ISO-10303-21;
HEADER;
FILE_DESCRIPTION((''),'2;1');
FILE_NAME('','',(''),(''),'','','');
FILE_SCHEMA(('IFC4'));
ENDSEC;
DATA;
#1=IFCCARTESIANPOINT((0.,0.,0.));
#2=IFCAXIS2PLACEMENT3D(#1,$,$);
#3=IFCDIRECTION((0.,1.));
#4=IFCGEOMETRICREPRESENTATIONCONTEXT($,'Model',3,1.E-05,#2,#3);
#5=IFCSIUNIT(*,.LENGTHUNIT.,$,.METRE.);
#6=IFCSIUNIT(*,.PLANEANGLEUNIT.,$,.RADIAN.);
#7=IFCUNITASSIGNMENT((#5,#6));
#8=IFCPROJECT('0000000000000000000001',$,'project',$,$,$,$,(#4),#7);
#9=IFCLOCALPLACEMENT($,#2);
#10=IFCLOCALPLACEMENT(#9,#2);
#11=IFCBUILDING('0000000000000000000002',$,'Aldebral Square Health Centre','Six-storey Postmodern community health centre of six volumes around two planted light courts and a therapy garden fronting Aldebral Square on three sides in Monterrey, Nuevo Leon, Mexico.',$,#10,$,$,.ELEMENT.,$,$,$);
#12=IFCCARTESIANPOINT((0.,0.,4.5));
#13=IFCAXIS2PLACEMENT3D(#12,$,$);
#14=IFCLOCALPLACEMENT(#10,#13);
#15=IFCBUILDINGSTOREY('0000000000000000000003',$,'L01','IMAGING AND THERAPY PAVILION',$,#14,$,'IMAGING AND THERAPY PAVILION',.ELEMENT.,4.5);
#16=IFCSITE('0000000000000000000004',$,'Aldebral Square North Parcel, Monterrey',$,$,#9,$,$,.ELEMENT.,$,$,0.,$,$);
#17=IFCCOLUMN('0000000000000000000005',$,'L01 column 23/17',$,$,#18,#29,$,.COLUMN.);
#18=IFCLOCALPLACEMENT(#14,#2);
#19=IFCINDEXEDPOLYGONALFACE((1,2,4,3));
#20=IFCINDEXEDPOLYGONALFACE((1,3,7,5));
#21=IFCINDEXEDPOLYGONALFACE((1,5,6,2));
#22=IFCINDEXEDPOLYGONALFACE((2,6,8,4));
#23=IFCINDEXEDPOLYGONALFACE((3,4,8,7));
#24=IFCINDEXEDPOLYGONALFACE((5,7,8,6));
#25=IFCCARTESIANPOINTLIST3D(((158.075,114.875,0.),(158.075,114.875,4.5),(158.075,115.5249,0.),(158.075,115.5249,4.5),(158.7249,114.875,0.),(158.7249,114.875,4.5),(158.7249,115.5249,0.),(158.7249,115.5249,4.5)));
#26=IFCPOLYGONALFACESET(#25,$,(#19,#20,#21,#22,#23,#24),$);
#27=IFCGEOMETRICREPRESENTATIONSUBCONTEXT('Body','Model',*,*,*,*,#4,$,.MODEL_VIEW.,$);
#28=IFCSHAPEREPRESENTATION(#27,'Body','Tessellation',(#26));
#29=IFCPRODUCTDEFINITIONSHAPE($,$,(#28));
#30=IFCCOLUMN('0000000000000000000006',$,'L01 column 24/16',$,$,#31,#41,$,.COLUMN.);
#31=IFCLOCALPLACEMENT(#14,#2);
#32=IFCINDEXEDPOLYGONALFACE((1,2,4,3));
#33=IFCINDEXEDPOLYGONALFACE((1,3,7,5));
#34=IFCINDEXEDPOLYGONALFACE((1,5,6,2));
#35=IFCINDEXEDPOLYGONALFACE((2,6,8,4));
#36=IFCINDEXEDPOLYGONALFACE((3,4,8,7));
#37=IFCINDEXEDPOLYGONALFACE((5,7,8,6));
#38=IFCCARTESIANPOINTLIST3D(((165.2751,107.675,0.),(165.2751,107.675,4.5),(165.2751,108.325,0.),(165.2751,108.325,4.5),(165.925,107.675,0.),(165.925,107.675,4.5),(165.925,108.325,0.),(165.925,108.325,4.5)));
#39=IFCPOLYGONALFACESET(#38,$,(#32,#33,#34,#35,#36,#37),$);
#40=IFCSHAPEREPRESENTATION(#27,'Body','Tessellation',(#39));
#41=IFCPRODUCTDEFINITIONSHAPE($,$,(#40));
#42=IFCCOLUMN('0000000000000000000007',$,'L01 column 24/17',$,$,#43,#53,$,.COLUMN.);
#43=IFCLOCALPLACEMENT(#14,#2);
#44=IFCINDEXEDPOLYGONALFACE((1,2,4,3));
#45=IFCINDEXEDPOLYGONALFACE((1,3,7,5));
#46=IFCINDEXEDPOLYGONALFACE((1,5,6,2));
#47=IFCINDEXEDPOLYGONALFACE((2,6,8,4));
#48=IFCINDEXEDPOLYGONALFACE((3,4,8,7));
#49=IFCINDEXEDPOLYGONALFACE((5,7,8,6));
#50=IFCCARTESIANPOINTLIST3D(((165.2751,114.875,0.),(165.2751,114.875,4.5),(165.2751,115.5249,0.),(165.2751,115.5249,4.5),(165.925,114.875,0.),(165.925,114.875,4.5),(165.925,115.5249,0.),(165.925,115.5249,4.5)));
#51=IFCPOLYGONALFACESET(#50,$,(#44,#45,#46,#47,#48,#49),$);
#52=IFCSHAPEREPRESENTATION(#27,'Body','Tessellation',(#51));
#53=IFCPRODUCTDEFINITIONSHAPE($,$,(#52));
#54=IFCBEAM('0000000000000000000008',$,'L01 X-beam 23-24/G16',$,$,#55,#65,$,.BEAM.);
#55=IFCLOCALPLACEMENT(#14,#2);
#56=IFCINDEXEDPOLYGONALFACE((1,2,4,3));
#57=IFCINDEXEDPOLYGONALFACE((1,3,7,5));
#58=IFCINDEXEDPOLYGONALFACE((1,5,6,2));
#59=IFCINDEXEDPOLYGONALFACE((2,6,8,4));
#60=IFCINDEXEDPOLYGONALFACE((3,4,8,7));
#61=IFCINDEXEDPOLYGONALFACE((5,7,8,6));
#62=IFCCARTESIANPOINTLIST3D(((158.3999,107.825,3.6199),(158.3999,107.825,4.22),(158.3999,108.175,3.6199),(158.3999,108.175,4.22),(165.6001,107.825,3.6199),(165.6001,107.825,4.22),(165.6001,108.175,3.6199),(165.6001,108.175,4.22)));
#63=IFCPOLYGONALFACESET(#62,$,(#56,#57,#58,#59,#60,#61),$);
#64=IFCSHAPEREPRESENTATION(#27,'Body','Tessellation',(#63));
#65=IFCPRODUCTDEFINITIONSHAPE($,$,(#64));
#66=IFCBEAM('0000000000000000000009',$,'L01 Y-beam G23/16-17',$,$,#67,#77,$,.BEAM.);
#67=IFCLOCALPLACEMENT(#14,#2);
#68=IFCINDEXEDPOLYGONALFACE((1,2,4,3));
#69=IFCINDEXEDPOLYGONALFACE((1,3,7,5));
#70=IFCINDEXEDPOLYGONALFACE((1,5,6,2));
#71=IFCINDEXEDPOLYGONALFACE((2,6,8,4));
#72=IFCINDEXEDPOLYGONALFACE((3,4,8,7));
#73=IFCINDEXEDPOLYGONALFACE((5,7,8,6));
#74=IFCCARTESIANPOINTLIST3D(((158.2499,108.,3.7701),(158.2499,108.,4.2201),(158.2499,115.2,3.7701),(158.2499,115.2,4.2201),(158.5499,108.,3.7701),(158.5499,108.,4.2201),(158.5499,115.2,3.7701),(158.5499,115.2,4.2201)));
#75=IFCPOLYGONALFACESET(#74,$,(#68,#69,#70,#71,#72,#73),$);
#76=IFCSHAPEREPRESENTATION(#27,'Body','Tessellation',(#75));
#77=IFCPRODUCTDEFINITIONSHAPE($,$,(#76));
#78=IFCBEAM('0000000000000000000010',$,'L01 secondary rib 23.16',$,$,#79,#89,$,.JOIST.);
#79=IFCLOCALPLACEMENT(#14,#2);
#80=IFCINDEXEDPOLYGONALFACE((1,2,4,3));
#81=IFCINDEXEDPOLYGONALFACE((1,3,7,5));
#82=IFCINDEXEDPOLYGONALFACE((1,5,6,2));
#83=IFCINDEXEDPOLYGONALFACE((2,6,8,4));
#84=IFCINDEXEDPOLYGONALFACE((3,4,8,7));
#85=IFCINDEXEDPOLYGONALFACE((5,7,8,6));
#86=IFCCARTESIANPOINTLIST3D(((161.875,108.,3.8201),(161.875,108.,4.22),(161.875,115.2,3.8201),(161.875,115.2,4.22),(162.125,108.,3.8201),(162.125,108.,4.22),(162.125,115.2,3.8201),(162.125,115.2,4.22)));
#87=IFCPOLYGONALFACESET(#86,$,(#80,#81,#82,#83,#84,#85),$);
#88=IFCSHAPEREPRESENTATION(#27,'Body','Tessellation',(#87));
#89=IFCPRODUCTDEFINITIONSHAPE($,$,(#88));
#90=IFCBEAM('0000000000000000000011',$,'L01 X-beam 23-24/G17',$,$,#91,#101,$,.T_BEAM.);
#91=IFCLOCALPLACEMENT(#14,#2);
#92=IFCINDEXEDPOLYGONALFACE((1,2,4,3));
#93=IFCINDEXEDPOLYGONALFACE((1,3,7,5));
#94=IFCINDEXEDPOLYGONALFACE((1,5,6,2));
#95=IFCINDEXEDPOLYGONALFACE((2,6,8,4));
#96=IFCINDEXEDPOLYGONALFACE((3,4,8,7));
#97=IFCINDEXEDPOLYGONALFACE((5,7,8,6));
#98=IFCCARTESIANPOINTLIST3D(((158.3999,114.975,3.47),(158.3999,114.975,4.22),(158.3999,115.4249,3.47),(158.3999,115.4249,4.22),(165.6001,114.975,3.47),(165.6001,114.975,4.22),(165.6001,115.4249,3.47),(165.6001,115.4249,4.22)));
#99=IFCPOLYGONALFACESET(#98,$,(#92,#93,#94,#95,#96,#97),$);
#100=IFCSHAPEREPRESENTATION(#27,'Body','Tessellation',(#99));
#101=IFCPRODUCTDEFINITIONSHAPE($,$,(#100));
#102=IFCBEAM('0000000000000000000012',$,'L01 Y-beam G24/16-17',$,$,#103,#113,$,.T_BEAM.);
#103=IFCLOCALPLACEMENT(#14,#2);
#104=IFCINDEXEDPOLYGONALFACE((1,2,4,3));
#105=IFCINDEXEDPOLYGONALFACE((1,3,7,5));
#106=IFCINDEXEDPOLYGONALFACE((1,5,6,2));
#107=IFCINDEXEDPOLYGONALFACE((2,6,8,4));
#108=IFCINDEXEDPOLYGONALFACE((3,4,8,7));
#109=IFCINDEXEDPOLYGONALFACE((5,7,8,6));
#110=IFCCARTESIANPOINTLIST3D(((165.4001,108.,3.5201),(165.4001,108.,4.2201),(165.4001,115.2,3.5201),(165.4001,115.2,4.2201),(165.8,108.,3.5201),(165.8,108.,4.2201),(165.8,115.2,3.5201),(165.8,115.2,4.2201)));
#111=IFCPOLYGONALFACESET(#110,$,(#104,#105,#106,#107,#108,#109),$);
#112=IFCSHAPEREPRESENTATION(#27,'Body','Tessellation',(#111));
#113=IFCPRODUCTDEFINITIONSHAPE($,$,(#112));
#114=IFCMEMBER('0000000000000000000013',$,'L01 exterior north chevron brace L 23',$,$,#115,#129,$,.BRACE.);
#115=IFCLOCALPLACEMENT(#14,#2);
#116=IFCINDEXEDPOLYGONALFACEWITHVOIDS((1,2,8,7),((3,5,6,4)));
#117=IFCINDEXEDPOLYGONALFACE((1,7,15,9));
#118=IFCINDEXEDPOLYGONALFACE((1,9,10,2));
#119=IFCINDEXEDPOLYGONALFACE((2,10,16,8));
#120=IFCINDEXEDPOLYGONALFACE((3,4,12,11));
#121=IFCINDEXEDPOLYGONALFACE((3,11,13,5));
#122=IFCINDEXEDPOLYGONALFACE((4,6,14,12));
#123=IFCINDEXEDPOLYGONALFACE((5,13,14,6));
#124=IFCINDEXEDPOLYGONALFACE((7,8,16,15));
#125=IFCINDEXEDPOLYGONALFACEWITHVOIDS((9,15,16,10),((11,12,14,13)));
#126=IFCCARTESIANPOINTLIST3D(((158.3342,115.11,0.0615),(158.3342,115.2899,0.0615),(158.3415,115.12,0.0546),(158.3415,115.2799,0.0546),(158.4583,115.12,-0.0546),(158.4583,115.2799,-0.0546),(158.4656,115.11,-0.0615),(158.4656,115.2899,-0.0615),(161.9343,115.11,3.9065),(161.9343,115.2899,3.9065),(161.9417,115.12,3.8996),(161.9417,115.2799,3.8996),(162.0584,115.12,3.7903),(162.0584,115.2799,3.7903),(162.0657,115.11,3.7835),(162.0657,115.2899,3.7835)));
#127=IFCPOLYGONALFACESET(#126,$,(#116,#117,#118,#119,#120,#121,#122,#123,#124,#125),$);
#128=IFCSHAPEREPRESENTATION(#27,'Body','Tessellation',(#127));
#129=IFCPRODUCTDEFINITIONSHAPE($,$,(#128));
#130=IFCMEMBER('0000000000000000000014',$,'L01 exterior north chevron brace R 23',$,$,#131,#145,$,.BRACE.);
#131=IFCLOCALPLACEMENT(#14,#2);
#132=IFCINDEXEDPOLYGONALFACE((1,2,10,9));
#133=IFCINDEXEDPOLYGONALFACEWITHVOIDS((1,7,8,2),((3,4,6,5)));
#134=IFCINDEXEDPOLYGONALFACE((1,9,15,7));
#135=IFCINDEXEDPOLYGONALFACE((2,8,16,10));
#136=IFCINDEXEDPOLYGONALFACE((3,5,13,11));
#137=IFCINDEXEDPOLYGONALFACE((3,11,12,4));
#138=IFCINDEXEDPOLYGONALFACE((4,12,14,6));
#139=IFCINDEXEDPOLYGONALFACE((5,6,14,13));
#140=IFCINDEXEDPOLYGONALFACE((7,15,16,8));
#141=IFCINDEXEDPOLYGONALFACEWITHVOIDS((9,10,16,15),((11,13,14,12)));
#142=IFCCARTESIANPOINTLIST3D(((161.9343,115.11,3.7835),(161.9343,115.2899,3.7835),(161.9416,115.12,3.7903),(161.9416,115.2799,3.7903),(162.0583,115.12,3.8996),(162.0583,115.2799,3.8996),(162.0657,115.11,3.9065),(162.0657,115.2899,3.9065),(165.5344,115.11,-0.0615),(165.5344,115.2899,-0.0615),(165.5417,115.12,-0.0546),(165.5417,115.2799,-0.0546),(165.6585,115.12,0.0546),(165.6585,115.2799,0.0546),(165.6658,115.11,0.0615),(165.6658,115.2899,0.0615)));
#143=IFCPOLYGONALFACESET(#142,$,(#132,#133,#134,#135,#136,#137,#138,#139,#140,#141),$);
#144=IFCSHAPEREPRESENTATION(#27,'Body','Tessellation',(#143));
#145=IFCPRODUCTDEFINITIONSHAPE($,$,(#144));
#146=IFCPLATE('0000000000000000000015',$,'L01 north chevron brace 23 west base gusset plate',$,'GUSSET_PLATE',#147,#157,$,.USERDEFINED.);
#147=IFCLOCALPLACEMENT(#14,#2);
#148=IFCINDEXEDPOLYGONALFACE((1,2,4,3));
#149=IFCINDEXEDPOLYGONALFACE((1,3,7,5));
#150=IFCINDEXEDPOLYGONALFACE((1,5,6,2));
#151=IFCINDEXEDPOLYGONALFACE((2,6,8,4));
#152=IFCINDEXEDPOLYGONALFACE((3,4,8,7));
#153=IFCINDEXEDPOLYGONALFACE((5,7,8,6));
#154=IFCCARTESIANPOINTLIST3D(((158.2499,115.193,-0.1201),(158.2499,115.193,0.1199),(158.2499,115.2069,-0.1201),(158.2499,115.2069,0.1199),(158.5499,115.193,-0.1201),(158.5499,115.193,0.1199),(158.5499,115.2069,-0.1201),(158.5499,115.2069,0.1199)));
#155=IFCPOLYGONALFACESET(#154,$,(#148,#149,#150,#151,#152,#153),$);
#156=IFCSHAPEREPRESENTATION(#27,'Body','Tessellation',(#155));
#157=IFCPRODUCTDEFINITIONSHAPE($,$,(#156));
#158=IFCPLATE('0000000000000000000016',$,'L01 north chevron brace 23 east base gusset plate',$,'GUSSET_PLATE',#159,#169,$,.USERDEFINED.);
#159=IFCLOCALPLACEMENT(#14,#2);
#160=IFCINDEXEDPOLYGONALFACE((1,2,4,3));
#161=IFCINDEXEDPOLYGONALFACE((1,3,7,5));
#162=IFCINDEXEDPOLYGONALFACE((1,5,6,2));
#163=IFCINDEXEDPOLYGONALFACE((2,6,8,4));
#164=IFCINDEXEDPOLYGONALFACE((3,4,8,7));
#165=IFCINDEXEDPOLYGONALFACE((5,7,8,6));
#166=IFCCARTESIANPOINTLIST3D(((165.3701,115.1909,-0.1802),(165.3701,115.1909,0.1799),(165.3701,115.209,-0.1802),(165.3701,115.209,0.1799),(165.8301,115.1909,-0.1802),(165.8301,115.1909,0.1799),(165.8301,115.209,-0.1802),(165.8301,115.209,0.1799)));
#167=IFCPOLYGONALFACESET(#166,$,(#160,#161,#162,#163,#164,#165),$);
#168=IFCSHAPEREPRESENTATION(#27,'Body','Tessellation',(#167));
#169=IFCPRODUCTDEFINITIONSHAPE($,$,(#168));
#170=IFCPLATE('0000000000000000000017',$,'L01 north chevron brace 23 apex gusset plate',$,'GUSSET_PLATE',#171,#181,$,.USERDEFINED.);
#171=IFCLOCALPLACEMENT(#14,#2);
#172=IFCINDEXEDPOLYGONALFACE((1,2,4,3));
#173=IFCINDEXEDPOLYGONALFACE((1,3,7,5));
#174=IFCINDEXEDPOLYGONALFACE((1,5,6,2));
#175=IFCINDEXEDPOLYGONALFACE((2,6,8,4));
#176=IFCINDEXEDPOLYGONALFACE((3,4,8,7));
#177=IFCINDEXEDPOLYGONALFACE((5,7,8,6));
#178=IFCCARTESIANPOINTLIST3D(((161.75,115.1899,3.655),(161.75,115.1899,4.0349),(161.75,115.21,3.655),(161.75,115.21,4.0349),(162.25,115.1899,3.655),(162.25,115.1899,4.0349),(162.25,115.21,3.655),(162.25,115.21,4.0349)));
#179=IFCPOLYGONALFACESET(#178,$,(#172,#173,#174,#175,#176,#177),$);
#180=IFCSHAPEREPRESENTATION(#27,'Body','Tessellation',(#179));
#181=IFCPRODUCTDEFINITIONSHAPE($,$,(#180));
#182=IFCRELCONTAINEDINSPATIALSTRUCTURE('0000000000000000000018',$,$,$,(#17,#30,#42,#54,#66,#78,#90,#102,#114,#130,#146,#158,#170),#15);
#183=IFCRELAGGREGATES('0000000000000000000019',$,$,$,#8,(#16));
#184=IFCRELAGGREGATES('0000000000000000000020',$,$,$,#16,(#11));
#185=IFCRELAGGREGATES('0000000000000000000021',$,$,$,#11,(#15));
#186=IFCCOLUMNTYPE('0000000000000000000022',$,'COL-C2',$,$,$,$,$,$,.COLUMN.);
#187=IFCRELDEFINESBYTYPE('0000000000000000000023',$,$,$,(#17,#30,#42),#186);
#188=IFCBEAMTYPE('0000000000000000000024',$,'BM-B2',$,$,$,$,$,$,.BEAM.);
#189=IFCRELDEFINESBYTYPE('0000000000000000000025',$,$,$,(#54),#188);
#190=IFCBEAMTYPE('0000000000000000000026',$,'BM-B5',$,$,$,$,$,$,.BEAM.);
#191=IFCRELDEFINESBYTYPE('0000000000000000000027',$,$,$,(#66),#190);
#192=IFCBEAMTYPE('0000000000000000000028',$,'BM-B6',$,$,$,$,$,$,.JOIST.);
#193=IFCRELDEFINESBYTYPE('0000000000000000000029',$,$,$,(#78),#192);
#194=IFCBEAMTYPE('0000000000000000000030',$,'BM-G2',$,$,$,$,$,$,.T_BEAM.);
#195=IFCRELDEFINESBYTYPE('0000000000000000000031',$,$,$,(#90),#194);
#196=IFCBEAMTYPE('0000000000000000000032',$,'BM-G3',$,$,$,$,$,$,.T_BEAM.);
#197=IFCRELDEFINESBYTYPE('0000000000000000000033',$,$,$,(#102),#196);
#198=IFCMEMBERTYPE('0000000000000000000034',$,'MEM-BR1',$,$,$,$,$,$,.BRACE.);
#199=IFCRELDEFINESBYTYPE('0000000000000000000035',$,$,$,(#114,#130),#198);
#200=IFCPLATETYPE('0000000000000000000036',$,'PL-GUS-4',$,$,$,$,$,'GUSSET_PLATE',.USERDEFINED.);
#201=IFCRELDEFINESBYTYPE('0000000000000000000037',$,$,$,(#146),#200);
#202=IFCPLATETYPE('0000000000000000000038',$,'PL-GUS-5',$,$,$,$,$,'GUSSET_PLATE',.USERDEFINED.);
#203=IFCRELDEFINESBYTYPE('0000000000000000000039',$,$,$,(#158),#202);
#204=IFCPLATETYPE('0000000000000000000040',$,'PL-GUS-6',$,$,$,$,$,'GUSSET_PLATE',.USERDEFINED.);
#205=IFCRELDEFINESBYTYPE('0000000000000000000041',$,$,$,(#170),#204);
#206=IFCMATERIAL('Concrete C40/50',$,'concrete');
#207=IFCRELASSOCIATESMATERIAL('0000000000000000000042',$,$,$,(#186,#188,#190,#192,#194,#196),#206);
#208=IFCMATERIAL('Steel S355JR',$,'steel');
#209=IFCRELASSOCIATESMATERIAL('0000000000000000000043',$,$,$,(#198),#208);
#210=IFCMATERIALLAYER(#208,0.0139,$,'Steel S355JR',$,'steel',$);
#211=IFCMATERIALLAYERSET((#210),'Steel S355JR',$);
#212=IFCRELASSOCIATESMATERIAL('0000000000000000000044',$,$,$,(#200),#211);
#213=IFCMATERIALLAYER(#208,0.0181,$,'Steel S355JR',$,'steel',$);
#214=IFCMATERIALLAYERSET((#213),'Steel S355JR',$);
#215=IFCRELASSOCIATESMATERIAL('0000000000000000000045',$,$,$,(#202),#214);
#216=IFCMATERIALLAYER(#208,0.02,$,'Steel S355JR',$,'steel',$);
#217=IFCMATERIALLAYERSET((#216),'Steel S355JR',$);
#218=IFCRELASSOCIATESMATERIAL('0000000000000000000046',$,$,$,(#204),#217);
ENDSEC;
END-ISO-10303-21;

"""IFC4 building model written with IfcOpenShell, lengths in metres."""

from ifc_helpers import new_model, si_unit, direction, frame, origin, origin_2d, place, context, subcontext, project, spatial, rectangle, hollow_rectangle, extrude, material, layer, layer_set, material_profile, profile_set, type_object, element, save


model = new_model("IFC4")

# Units and contexts
model_context = context("Model", 3, precision=1e-05, world=origin(), true_north=direction((0.0, 1.0)))
body_context = subcontext(model_context, "Body", "Model", "MODEL_VIEW")
ifc_project = project(units=[si_unit("LENGTHUNIT", "METRE"), si_unit("PLANEANGLEUNIT", "RADIAN")], contexts=[model_context])

# Site, building, storey
site_placement = place(None, origin())
site = spatial("IfcSite", under=ifc_project, at=site_placement, Name="Aldebral Square North Parcel, Monterrey", CompositionType="ELEMENT", RefElevation=0.0)
building_placement = place(site_placement, origin())
building = spatial("IfcBuilding", under=site, at=building_placement, Name="Aldebral Square Health Centre", Description="Six-storey Postmodern community health centre of six volumes around two planted light courts and a therapy garden fronting Aldebral Square on three sides in Monterrey, Nuevo Leon, Mexico.", CompositionType="ELEMENT")
storey_placement = place(building_placement, frame((0.0, 0.0, 4.5)))
storey = spatial("IfcBuildingStorey", under=building, at=storey_placement, Name="L01", Description="IMAGING AND THERAPY PAVILION", LongName="IMAGING AND THERAPY PAVILION", CompositionType="ELEMENT", Elevation=4.5)

# Columns
ifc_material_1 = material(Name="Concrete C40/50", Category="concrete")
ifc_material_profile_1 = material_profile(ifc_material_1, rectangle(XDim=0.6499, YDim=0.6499, at=origin_2d()), Name="RC 650x650")
ifc_profile_set_1 = profile_set([ifc_material_profile_1], Name="Concrete C40/50")
column_type = type_object("IfcColumnType", Name="COL-C2", PredefinedType="COLUMN", material=ifc_profile_set_1)
for number, where, z_axis, x_axis, name in (
    (1, (158.3999, 115.2, 0.0), (0.0, 0.0, 1.0), (1.0, 0.0, 0.0), "L01 column 23/17"),
    (2, (165.6001, 108.0, 0.0), (0.0, 0.0, 1.0), (1.0, 0.0, 0.0), "L01 column 24/16"),
    (3, (165.6001, 115.2, 0.0), (0.0, 0.0, 1.0), (1.0, 0.0, 0.0), "L01 column 24/17"),
):
    element("IfcColumn", number, at=place(storey_placement, frame(where, z_axis=z_axis, x_axis=x_axis)), inside=storey, type_object=column_type, Name=name, PredefinedType="COLUMN", context=body_context, shape_type="SweptSolid", body=[
        extrude(rectangle(XDim=0.6499, YDim=0.6499, at=origin_2d()), origin(), (0.0, 0.0, 1.0), 4.5),
    ])

# Beams
ifc_material_profile_2 = material_profile(ifc_material_1, rectangle(XDim=0.3501, YDim=0.6001, at=origin_2d()), Name="RC 350x600")
ifc_profile_set_2 = profile_set([ifc_material_profile_2], Name="Concrete C40/50")
beam_type_1 = type_object("IfcBeamType", Name="BM-B2", PredefinedType="BEAM", material=ifc_profile_set_2)
beam_1_placement = place(storey_placement, frame((158.3999, 108.0, 3.9199), z_axis=(1.0, 0.0, 0.0), x_axis=(0.0, 1.0, 0.0)))
element("IfcBeam", 4, at=beam_1_placement, inside=storey, type_object=beam_type_1, Name="L01 X-beam 23-24/G16", PredefinedType="BEAM", context=body_context, shape_type="SweptSolid", body=[
    extrude(rectangle(XDim=0.3501, YDim=0.6001, at=origin_2d()), origin(), (0.0, 0.0, 1.0), 7.2002),
])
ifc_material_profile_3 = material_profile(ifc_material_1, rectangle(XDim=0.3, YDim=0.45, at=origin_2d()), Name="RC 300x450")
ifc_profile_set_3 = profile_set([ifc_material_profile_3], Name="Concrete C40/50")
beam_type_2 = type_object("IfcBeamType", Name="BM-B5", PredefinedType="BEAM", material=ifc_profile_set_3)
beam_2_placement = place(storey_placement, frame((158.3999, 108.0, 3.9951), z_axis=(0.0, 1.0, 0.0), x_axis=(-1.0, 0.0, 0.0)))
element("IfcBeam", 5, at=beam_2_placement, inside=storey, type_object=beam_type_2, Name="L01 Y-beam G23/16-17", PredefinedType="BEAM", context=body_context, shape_type="SweptSolid", body=[
    extrude(rectangle(XDim=0.3, YDim=0.45, at=origin_2d()), origin(), (0.0, 0.0, 1.0), 7.2),
])
ifc_material_profile_4 = material_profile(ifc_material_1, rectangle(XDim=0.25, YDim=0.3999, at=origin_2d()), Name="RC 250x400")
ifc_profile_set_4 = profile_set([ifc_material_profile_4], Name="Concrete C40/50")
beam_type_3 = type_object("IfcBeamType", Name="BM-B6", PredefinedType="JOIST", material=ifc_profile_set_4)
beam_3_placement = place(storey_placement, frame((162.0, 108.0, 4.02), z_axis=(0.0, 1.0, 0.0), x_axis=(-1.0, 0.0, 0.0)))
element("IfcBeam", 6, at=beam_3_placement, inside=storey, type_object=beam_type_3, Name="L01 secondary rib 23.16", PredefinedType="JOIST", context=body_context, shape_type="SweptSolid", body=[
    extrude(rectangle(XDim=0.25, YDim=0.3999, at=origin_2d()), origin(), (0.0, 0.0, 1.0), 7.2),
])
ifc_material_profile_5 = material_profile(ifc_material_1, rectangle(XDim=0.45, YDim=0.75, at=origin_2d()), Name="RC 450x750")
ifc_profile_set_5 = profile_set([ifc_material_profile_5], Name="Concrete C40/50")
beam_type_4 = type_object("IfcBeamType", Name="BM-G2", PredefinedType="T_BEAM", material=ifc_profile_set_5)
beam_4_placement = place(storey_placement, frame((158.3999, 115.2, 3.845), z_axis=(1.0, 0.0, 0.0), x_axis=(0.0, 1.0, 0.0)))
element("IfcBeam", 7, at=beam_4_placement, inside=storey, type_object=beam_type_4, Name="L01 X-beam 23-24/G17", PredefinedType="T_BEAM", context=body_context, shape_type="SweptSolid", body=[
    extrude(rectangle(XDim=0.45, YDim=0.75, at=origin_2d()), origin(), (0.0, 0.0, 1.0), 7.2002),
])
ifc_material_profile_6 = material_profile(ifc_material_1, rectangle(XDim=0.3999, YDim=0.7, at=origin_2d()), Name="RC 400x700")
ifc_profile_set_6 = profile_set([ifc_material_profile_6], Name="Concrete C40/50")
beam_type_5 = type_object("IfcBeamType", Name="BM-G3", PredefinedType="T_BEAM", material=ifc_profile_set_6)
beam_5_placement = place(storey_placement, frame((165.6001, 108.0, 3.8701), z_axis=(0.0, 1.0, 0.0), x_axis=(-1.0, 0.0, 0.0)))
element("IfcBeam", 8, at=beam_5_placement, inside=storey, type_object=beam_type_5, Name="L01 Y-beam G24/16-17", PredefinedType="T_BEAM", context=body_context, shape_type="SweptSolid", body=[
    extrude(rectangle(XDim=0.3999, YDim=0.7, at=origin_2d()), origin(), (0.0, 0.0, 1.0), 7.2),
])

# Members
ifc_material_2 = material(Name="Steel S355JR", Category="steel")
ifc_material_profile_7 = material_profile(ifc_material_2, hollow_rectangle(XDim=0.1799, YDim=0.1799, WallThickness=0.01, at=origin_2d()), Name="180x180x10 SHS")
ifc_profile_set_7 = profile_set([ifc_material_profile_7], Name="Steel S355JR")
member_type = type_object("IfcMemberType", Name="MEM-BR1", PredefinedType="BRACE", material=ifc_profile_set_7)
for number, where, z_axis, x_axis, name in (
    (9, (158.3999, 115.2, 0.0), (0.68348, 0.0, 0.729969), (0.0, 1.0, 0.0), "L01 exterior north chevron brace L 23"),
    (10, (165.6001, 115.2, 0.0), (-0.68348, 0.0, 0.729969), (0.0, -1.0, 0.0), "L01 exterior north chevron brace R 23"),
):
    element("IfcMember", number, at=place(storey_placement, frame(where, z_axis=z_axis, x_axis=x_axis)), inside=storey, type_object=member_type, Name=name, PredefinedType="BRACE", context=body_context, shape_type="SweptSolid", body=[
        extrude(hollow_rectangle(XDim=0.1799, YDim=0.1799, WallThickness=0.01, at=origin_2d()), origin(), (0.0, 0.0, 1.0), 5.2673),
    ])

# Plates
ifc_layer_1 = layer(ifc_material_2, 0.0139, Name="Steel S355JR", Category="steel")
ifc_layer_set_1 = layer_set([ifc_layer_1], Name="Steel S355JR")
plate_type_1 = type_object("IfcPlateType", Name="PL-GUS-4", ElementType="GUSSET_PLATE", PredefinedType="USERDEFINED", material=ifc_layer_set_1)
plate_1_placement = place(storey_placement, frame((158.3999, 115.2, -0.1201), z_axis=(0.0, 0.0, 1.0), x_axis=(1.0, 0.0, 0.0)))
element("IfcPlate", 11, at=plate_1_placement, inside=storey, type_object=plate_type_1, Name="L01 north chevron brace 23 west base gusset plate", ObjectType="GUSSET_PLATE", PredefinedType="USERDEFINED", context=body_context, shape_type="SweptSolid", body=[
    extrude(rectangle(XDim=0.3, YDim=0.0139, at=origin_2d()), origin(), (0.0, 0.0, 1.0), 0.24),
])
ifc_layer_2 = layer(ifc_material_2, 0.0181, Name="Steel S355JR", Category="steel")
ifc_layer_set_2 = layer_set([ifc_layer_2], Name="Steel S355JR")
plate_type_2 = type_object("IfcPlateType", Name="PL-GUS-5", ElementType="GUSSET_PLATE", PredefinedType="USERDEFINED", material=ifc_layer_set_2)
plate_2_placement = place(storey_placement, frame((165.6001, 115.2, -0.1802), z_axis=(0.0, 0.0, 1.0), x_axis=(1.0, 0.0, 0.0)))
element("IfcPlate", 12, at=plate_2_placement, inside=storey, type_object=plate_type_2, Name="L01 north chevron brace 23 east base gusset plate", ObjectType="GUSSET_PLATE", PredefinedType="USERDEFINED", context=body_context, shape_type="SweptSolid", body=[
    extrude(rectangle(XDim=0.46, YDim=0.0181, at=origin_2d()), origin(), (0.0, 0.0, 1.0), 0.3601),
])
ifc_layer_3 = layer(ifc_material_2, 0.02, Name="Steel S355JR", Category="steel")
ifc_layer_set_3 = layer_set([ifc_layer_3], Name="Steel S355JR")
plate_type_3 = type_object("IfcPlateType", Name="PL-GUS-6", ElementType="GUSSET_PLATE", PredefinedType="USERDEFINED", material=ifc_layer_set_3)
plate_3_placement = place(storey_placement, frame((162.0, 115.2, 3.655), z_axis=(0.0, 0.0, 1.0), x_axis=(1.0, 0.0, 0.0)))
element("IfcPlate", 13, at=plate_3_placement, inside=storey, type_object=plate_type_3, Name="L01 north chevron brace 23 apex gusset plate", ObjectType="GUSSET_PLATE", PredefinedType="USERDEFINED", context=body_context, shape_type="SweptSolid", body=[
    extrude(rectangle(XDim=0.5, YDim=0.02, at=origin_2d()), origin(), (0.0, 0.0, 1.0), 0.3799),
])

save(model, "model.ifc")
